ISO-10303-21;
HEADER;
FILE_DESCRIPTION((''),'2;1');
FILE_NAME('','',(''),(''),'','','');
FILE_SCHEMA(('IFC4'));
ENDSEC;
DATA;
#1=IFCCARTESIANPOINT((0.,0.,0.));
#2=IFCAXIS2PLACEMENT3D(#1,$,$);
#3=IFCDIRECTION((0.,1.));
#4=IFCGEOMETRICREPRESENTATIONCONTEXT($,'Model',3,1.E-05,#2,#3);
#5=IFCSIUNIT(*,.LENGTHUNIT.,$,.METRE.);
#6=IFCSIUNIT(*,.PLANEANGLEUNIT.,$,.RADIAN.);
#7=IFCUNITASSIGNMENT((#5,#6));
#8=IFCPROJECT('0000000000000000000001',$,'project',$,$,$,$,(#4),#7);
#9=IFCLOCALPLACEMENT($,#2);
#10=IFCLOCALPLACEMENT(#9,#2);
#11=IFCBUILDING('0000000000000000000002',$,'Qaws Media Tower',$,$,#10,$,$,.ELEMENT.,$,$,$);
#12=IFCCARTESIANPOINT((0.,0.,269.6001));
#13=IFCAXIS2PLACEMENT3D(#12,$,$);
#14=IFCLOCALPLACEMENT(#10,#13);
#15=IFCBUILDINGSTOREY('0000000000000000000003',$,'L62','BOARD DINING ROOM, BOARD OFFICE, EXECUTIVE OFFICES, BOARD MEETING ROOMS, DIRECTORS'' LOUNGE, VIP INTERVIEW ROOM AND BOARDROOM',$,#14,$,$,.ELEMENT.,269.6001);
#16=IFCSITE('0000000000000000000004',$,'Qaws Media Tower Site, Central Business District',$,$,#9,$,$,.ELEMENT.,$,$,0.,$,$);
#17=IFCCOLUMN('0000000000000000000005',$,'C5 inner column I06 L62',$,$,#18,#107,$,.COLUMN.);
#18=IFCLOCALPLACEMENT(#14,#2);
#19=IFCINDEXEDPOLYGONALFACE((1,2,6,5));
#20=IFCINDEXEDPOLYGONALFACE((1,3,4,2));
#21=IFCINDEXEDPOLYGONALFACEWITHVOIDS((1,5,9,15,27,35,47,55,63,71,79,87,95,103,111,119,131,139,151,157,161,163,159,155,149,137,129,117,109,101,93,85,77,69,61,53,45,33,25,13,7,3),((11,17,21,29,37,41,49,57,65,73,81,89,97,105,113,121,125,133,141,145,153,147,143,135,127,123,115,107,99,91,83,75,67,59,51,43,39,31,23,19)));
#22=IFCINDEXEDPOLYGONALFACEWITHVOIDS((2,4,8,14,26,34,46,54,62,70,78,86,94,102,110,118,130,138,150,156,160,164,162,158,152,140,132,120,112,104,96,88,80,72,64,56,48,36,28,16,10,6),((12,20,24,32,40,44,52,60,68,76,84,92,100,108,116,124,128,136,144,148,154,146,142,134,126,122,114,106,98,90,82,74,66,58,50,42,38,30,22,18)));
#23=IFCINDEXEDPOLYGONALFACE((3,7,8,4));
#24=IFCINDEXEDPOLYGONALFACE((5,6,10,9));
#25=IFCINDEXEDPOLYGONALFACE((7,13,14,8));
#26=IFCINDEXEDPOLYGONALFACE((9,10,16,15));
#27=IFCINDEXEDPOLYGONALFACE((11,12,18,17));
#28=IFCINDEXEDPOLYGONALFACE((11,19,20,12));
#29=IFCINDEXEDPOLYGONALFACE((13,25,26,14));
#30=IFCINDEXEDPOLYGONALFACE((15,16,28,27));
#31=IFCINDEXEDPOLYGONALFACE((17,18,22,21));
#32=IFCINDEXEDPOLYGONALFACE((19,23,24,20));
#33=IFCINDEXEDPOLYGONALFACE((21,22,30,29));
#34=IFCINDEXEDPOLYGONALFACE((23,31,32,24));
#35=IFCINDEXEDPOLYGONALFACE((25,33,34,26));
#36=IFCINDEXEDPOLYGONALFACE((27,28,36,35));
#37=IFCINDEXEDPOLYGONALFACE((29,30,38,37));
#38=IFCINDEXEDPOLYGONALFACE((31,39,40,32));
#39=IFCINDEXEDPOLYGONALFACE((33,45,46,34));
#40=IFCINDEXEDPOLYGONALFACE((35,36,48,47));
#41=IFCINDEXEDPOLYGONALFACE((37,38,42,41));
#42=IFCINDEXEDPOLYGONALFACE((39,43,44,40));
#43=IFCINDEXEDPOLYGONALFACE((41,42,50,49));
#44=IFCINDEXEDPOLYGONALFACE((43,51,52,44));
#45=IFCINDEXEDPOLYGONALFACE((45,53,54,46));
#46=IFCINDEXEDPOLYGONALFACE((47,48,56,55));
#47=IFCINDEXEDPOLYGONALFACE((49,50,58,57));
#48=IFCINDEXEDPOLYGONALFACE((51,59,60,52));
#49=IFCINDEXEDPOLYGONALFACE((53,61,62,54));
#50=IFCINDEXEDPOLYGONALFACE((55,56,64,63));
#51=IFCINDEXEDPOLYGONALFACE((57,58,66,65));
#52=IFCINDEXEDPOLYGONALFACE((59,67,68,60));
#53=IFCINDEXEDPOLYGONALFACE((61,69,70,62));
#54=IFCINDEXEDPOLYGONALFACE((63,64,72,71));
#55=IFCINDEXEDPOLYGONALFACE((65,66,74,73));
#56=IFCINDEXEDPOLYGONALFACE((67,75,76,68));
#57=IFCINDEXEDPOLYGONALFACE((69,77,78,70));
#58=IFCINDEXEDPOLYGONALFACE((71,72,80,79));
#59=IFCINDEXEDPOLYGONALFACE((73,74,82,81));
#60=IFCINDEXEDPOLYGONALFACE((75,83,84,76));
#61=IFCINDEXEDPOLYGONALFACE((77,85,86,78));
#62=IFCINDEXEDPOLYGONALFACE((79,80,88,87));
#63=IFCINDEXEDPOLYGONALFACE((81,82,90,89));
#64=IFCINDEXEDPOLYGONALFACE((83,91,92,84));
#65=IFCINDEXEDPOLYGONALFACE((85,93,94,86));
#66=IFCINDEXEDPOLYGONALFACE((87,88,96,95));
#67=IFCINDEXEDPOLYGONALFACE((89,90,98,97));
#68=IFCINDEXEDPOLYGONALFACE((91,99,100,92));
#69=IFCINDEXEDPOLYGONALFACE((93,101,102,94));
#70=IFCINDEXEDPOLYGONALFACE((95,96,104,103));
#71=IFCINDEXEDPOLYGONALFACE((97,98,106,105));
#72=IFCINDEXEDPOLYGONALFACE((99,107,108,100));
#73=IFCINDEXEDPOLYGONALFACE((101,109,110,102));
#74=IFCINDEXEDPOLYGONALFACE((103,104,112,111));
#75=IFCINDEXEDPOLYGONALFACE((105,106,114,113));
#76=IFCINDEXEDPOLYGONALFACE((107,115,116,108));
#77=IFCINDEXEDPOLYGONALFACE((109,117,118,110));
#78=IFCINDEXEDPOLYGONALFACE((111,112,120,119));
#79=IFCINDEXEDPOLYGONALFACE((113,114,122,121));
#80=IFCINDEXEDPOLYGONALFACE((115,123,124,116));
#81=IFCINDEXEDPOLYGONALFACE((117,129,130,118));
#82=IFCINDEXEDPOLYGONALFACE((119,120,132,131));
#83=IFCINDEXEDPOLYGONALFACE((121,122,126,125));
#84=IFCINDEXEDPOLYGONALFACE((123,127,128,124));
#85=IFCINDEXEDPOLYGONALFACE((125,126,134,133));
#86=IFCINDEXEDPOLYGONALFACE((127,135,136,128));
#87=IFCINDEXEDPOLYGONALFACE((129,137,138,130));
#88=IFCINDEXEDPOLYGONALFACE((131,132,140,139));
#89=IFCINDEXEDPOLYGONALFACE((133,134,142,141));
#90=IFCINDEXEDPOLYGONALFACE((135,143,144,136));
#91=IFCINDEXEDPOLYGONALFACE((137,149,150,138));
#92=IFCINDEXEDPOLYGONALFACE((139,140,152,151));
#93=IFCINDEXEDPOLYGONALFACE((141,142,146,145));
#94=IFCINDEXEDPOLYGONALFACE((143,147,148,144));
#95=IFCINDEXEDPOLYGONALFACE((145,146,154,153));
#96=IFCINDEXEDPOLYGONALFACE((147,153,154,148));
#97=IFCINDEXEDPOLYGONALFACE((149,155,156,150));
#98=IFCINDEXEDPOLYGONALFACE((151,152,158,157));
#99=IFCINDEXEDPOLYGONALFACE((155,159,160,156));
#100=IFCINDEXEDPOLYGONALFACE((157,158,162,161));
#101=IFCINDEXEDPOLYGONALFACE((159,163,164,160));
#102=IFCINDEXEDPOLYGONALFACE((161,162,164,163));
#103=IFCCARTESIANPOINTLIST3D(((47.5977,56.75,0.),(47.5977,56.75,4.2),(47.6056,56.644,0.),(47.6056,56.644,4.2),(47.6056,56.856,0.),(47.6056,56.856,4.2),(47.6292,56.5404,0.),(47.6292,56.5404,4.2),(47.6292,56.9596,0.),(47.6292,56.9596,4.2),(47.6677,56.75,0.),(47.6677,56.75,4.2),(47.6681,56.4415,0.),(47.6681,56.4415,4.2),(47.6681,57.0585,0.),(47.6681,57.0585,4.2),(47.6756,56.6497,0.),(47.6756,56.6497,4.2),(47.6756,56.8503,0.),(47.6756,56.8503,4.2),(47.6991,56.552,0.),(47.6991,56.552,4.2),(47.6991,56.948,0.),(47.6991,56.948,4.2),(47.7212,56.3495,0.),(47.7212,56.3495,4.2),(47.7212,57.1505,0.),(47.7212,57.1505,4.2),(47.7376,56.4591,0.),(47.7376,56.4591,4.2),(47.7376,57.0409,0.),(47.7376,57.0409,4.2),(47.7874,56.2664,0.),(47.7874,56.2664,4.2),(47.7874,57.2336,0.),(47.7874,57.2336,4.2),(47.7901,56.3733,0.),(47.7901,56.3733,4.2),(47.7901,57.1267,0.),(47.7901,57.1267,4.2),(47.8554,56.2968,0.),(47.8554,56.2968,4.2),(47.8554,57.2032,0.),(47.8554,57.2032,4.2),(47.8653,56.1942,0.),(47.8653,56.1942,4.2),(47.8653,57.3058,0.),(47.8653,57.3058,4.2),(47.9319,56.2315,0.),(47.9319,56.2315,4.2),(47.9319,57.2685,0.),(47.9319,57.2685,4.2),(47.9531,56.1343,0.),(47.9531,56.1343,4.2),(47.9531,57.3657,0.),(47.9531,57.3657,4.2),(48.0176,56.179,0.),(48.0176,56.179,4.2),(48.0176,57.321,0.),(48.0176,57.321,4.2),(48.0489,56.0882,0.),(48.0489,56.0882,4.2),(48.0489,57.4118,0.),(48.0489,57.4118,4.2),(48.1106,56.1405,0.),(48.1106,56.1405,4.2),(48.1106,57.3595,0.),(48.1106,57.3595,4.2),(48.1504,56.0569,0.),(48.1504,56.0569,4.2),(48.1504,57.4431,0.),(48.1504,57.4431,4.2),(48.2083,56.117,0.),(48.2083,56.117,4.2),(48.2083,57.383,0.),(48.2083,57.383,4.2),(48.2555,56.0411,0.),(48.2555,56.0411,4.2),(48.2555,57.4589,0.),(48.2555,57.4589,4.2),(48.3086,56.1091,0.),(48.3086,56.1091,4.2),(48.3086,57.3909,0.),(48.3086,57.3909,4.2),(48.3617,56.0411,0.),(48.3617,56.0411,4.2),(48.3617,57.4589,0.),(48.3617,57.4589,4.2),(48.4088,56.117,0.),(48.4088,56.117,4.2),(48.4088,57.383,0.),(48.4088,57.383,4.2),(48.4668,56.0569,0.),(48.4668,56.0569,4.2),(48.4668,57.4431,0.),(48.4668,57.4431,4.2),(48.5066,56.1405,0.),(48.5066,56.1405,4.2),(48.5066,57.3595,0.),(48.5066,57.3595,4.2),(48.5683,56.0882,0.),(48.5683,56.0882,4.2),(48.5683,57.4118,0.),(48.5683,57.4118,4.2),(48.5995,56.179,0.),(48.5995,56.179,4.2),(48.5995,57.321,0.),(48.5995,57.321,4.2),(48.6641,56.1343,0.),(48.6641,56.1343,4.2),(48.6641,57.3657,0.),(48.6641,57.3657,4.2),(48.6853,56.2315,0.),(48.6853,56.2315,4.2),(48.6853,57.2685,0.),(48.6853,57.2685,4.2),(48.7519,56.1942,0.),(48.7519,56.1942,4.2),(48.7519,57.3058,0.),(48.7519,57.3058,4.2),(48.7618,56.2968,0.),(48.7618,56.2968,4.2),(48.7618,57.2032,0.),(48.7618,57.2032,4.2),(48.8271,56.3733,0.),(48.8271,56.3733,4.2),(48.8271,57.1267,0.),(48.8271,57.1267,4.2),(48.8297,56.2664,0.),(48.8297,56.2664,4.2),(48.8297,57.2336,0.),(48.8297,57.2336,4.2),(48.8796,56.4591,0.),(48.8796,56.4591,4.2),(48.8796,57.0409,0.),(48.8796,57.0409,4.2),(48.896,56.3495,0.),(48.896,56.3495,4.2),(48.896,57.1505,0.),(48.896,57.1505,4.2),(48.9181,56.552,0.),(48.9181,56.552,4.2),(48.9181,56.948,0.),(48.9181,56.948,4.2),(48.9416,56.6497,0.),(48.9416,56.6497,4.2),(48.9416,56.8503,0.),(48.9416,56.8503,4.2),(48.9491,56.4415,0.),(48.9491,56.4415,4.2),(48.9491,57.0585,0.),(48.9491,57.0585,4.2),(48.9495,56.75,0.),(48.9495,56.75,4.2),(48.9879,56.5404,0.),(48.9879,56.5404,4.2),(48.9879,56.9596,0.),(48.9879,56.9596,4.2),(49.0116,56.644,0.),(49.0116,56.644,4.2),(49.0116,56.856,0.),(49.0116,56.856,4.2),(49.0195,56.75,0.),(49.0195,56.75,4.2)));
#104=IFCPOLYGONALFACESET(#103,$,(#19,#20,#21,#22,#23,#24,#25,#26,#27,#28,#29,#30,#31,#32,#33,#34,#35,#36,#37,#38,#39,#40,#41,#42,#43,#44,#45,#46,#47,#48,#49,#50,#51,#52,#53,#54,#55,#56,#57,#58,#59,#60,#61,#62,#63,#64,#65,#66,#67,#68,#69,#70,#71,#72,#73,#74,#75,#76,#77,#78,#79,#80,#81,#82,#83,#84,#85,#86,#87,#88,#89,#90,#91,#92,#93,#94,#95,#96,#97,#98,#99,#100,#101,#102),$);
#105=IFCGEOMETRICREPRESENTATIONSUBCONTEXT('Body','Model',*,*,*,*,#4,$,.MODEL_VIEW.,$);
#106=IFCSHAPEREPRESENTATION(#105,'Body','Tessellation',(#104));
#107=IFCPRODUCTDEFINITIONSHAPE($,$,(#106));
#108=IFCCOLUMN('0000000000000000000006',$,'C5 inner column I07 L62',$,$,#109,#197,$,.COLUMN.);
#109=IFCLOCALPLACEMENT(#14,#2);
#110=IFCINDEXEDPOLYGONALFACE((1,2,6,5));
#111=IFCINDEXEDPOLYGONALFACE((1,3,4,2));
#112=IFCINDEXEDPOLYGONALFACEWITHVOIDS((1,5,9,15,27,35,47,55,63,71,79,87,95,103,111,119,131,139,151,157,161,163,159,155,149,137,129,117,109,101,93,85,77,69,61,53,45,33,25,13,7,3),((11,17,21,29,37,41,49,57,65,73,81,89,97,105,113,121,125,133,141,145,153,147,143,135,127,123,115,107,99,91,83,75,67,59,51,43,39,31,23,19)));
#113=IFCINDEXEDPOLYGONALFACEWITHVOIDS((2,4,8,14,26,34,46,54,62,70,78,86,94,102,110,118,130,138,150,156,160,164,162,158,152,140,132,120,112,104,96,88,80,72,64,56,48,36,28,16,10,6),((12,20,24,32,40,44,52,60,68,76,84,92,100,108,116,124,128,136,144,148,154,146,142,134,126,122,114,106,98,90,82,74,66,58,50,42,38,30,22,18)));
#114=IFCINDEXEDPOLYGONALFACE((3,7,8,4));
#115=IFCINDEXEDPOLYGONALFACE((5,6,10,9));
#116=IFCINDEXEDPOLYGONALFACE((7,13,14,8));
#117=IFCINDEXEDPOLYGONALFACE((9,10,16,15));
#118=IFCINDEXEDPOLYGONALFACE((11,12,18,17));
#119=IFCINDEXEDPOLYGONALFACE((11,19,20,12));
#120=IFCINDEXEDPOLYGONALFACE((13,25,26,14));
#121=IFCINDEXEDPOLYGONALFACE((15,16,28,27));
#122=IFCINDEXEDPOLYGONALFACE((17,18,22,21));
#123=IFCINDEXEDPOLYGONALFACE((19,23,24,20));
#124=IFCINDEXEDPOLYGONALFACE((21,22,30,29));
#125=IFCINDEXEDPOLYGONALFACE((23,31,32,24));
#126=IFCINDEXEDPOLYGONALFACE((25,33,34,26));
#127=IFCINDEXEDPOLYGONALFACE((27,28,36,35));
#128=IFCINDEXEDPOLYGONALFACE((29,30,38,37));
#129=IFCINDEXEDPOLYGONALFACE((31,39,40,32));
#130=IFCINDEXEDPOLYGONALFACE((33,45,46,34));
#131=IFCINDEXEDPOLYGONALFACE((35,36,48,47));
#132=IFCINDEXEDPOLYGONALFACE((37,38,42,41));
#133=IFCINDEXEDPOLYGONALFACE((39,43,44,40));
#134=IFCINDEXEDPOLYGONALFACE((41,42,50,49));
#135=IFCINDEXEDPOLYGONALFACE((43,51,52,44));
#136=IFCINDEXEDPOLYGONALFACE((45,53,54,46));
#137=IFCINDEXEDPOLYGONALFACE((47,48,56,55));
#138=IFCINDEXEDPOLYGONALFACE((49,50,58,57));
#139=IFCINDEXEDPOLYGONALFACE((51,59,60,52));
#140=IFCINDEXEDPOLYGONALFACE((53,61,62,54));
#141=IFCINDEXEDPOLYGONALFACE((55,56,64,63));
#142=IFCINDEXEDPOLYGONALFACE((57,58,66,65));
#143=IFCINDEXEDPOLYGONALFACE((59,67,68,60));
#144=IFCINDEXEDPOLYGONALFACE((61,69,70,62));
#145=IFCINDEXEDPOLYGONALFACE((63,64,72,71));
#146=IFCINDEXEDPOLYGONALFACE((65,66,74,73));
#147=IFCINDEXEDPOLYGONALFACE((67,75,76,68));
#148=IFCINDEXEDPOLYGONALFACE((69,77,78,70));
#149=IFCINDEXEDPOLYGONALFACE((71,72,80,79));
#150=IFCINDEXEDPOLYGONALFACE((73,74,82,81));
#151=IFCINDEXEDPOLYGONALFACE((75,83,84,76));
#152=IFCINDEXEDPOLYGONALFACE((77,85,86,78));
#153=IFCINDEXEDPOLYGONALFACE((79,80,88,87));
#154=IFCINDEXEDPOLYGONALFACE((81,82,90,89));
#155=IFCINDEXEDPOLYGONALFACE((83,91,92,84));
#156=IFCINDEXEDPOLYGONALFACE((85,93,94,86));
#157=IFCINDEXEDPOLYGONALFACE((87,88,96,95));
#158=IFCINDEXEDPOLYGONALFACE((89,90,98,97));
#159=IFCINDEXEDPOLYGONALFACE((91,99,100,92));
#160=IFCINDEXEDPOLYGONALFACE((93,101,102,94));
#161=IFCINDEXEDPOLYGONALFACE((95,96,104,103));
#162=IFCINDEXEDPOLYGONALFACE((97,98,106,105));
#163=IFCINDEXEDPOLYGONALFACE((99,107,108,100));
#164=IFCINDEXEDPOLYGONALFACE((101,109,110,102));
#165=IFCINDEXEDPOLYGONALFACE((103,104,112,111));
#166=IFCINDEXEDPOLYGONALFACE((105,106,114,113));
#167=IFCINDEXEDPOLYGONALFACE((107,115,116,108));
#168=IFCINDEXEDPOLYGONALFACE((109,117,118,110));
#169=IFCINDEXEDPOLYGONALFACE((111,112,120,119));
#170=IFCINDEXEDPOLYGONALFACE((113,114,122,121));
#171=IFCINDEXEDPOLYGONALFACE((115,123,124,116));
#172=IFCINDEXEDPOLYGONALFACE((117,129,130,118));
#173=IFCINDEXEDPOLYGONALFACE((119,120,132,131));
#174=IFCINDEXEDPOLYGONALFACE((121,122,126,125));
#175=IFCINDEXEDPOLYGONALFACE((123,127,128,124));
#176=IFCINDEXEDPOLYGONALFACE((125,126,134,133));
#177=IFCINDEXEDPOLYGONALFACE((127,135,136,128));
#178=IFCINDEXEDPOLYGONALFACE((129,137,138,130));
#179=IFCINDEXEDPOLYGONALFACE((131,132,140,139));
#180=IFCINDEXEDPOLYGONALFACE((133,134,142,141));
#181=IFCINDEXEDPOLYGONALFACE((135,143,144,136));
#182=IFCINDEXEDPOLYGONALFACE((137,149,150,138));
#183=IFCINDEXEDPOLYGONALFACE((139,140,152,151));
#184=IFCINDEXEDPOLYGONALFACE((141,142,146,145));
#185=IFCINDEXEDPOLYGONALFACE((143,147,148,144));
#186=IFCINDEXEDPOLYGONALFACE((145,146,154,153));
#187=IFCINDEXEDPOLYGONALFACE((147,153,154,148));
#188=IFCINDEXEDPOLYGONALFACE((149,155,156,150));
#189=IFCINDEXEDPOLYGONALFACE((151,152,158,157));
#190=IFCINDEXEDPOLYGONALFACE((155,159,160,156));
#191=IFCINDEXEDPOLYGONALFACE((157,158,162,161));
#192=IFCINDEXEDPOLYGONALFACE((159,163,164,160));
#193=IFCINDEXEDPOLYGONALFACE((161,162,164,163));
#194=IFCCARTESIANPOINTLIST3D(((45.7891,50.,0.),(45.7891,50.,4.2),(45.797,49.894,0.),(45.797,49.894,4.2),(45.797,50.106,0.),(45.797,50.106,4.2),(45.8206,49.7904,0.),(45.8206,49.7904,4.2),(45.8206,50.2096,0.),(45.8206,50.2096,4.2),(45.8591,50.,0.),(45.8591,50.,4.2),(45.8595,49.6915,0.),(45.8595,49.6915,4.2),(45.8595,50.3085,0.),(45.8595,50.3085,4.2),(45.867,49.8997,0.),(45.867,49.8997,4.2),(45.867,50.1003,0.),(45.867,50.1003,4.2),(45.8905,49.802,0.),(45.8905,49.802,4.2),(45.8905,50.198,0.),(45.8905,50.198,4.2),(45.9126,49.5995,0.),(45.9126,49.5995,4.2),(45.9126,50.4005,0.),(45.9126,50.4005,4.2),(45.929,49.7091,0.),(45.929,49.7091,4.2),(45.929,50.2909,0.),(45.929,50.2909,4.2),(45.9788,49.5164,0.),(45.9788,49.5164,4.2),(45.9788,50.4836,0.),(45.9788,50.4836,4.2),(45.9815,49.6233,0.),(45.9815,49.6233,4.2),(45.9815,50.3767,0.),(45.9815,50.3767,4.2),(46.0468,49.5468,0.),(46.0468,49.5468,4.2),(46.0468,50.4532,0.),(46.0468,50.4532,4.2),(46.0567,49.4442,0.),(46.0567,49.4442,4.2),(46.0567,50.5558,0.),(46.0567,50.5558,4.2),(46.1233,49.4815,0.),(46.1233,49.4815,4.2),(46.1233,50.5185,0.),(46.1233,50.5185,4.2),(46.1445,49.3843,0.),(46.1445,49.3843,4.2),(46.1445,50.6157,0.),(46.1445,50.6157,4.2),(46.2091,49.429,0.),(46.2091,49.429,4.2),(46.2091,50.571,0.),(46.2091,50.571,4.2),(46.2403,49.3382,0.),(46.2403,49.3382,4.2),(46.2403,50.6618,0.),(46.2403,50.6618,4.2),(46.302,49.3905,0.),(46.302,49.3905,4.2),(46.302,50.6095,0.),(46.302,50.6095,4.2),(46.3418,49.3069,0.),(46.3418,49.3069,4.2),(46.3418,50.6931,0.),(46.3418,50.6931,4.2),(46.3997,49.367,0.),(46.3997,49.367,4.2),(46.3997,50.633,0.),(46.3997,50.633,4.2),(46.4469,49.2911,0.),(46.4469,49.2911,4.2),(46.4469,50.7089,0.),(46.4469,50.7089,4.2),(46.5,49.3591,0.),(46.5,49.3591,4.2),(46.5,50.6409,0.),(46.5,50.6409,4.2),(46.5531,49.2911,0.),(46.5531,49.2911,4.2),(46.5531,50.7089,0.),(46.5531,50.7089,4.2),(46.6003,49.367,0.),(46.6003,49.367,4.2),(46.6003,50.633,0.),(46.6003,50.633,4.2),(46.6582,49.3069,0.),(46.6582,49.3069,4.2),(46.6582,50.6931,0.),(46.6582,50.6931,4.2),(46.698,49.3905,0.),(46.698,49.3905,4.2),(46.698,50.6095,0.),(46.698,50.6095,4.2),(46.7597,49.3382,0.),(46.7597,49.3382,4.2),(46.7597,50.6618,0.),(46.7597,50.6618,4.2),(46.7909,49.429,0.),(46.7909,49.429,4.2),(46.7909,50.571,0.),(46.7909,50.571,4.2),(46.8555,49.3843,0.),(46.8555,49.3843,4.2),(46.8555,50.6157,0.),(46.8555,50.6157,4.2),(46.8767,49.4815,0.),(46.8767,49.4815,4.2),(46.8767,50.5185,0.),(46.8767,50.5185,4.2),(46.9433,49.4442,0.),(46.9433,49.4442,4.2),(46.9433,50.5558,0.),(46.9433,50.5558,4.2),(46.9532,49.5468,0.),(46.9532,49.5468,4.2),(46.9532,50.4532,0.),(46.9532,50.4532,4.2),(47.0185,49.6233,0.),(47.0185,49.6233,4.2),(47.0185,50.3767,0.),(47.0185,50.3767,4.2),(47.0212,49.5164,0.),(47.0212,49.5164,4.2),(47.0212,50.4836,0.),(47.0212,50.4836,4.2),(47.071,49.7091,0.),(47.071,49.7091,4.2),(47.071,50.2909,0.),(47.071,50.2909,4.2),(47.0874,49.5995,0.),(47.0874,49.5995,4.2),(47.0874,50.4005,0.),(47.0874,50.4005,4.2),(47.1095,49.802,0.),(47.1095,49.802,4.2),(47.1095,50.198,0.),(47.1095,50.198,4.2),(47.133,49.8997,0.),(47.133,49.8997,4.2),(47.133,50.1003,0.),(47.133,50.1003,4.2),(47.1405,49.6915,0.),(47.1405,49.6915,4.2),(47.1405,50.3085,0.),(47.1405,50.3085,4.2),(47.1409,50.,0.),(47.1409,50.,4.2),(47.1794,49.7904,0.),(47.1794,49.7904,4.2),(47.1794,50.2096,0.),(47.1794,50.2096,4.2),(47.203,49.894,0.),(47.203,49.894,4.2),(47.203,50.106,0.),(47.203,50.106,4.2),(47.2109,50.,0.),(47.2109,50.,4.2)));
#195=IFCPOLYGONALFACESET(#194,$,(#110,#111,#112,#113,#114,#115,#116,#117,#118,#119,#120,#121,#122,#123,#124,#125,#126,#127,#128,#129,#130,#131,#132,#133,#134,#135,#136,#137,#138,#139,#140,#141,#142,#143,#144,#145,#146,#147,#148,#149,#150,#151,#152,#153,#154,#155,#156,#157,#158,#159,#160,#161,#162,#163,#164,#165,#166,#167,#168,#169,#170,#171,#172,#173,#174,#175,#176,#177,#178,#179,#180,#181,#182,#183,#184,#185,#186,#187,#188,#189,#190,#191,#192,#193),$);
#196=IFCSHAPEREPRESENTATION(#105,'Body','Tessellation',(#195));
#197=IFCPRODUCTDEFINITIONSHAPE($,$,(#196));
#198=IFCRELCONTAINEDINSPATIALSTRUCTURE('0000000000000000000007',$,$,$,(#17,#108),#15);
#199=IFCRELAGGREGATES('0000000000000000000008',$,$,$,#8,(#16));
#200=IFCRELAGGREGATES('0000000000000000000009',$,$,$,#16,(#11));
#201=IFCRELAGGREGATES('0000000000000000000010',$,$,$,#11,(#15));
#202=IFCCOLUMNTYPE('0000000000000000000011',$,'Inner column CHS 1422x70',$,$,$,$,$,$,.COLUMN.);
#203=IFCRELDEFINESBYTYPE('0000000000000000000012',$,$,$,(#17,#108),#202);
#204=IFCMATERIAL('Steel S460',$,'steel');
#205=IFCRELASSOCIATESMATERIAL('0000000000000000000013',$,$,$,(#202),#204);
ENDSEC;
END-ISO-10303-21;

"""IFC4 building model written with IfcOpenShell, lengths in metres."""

from ifc_helpers import new_model, si_unit, direction, frame, origin, origin_2d, place, context, subcontext, project, spatial, hollow_circle, extrude, material, material_profile, profile_set, type_object, element, save


model = new_model("IFC4")

# Units and contexts
model_context = context("Model", 3, precision=1e-05, world=origin(), true_north=direction((0.0, 1.0)))
body_context = subcontext(model_context, "Body", "Model", "MODEL_VIEW")
ifc_project = project(units=[si_unit("LENGTHUNIT", "METRE"), si_unit("PLANEANGLEUNIT", "RADIAN")], contexts=[model_context])

# Site, building, storey
site_placement = place(None, origin())
site = spatial("IfcSite", under=ifc_project, at=site_placement, Name="Qaws Media Tower Site, Central Business District", CompositionType="ELEMENT", RefElevation=0.0)
building_placement = place(site_placement, origin())
building = spatial("IfcBuilding", under=site, at=building_placement, Name="Qaws Media Tower", CompositionType="ELEMENT")
storey_placement = place(building_placement, frame((0.0, 0.0, 269.6001)))
storey = spatial("IfcBuildingStorey", under=building, at=storey_placement, Name="L62", Description="BOARD DINING ROOM, BOARD OFFICE, EXECUTIVE OFFICES, BOARD MEETING ROOMS, DIRECTORS' LOUNGE, VIP INTERVIEW ROOM AND BOARDROOM", CompositionType="ELEMENT", Elevation=269.6001)

# Columns
ifc_material_1 = material(Name="Steel S460", Category="steel")
ifc_material_profile_1 = material_profile(ifc_material_1, hollow_circle(Radius=0.7109, WallThickness=0.0701, at=origin_2d()), Name="CHS 1422x70")
ifc_profile_set_1 = profile_set([ifc_material_profile_1], Name="Steel S460")
column_type = type_object("IfcColumnType", Name="Inner column CHS 1422x70", PredefinedType="COLUMN", material=ifc_profile_set_1)
for number, where, z_axis, x_axis, name in (
    (1, (48.3086, 56.75, 0.0), (0.0, 0.0, 1.0), (1.0, 0.0, 0.0), "C5 inner column I06 L62"),
    (2, (46.5, 50.0, 0.0), (0.0, 0.0, 1.0), (1.0, 0.0, 0.0), "C5 inner column I07 L62"),
):
    element("IfcColumn", number, at=place(storey_placement, frame(where, z_axis=z_axis, x_axis=x_axis)), inside=storey, type_object=column_type, Name=name, PredefinedType="COLUMN", context=body_context, shape_type="SweptSolid", body=[
        extrude(hollow_circle(Radius=0.7109, WallThickness=0.0701, at=origin_2d()), origin(), (0.0, 0.0, 1.0), 4.2),
    ])

save(model, "model.ifc")
